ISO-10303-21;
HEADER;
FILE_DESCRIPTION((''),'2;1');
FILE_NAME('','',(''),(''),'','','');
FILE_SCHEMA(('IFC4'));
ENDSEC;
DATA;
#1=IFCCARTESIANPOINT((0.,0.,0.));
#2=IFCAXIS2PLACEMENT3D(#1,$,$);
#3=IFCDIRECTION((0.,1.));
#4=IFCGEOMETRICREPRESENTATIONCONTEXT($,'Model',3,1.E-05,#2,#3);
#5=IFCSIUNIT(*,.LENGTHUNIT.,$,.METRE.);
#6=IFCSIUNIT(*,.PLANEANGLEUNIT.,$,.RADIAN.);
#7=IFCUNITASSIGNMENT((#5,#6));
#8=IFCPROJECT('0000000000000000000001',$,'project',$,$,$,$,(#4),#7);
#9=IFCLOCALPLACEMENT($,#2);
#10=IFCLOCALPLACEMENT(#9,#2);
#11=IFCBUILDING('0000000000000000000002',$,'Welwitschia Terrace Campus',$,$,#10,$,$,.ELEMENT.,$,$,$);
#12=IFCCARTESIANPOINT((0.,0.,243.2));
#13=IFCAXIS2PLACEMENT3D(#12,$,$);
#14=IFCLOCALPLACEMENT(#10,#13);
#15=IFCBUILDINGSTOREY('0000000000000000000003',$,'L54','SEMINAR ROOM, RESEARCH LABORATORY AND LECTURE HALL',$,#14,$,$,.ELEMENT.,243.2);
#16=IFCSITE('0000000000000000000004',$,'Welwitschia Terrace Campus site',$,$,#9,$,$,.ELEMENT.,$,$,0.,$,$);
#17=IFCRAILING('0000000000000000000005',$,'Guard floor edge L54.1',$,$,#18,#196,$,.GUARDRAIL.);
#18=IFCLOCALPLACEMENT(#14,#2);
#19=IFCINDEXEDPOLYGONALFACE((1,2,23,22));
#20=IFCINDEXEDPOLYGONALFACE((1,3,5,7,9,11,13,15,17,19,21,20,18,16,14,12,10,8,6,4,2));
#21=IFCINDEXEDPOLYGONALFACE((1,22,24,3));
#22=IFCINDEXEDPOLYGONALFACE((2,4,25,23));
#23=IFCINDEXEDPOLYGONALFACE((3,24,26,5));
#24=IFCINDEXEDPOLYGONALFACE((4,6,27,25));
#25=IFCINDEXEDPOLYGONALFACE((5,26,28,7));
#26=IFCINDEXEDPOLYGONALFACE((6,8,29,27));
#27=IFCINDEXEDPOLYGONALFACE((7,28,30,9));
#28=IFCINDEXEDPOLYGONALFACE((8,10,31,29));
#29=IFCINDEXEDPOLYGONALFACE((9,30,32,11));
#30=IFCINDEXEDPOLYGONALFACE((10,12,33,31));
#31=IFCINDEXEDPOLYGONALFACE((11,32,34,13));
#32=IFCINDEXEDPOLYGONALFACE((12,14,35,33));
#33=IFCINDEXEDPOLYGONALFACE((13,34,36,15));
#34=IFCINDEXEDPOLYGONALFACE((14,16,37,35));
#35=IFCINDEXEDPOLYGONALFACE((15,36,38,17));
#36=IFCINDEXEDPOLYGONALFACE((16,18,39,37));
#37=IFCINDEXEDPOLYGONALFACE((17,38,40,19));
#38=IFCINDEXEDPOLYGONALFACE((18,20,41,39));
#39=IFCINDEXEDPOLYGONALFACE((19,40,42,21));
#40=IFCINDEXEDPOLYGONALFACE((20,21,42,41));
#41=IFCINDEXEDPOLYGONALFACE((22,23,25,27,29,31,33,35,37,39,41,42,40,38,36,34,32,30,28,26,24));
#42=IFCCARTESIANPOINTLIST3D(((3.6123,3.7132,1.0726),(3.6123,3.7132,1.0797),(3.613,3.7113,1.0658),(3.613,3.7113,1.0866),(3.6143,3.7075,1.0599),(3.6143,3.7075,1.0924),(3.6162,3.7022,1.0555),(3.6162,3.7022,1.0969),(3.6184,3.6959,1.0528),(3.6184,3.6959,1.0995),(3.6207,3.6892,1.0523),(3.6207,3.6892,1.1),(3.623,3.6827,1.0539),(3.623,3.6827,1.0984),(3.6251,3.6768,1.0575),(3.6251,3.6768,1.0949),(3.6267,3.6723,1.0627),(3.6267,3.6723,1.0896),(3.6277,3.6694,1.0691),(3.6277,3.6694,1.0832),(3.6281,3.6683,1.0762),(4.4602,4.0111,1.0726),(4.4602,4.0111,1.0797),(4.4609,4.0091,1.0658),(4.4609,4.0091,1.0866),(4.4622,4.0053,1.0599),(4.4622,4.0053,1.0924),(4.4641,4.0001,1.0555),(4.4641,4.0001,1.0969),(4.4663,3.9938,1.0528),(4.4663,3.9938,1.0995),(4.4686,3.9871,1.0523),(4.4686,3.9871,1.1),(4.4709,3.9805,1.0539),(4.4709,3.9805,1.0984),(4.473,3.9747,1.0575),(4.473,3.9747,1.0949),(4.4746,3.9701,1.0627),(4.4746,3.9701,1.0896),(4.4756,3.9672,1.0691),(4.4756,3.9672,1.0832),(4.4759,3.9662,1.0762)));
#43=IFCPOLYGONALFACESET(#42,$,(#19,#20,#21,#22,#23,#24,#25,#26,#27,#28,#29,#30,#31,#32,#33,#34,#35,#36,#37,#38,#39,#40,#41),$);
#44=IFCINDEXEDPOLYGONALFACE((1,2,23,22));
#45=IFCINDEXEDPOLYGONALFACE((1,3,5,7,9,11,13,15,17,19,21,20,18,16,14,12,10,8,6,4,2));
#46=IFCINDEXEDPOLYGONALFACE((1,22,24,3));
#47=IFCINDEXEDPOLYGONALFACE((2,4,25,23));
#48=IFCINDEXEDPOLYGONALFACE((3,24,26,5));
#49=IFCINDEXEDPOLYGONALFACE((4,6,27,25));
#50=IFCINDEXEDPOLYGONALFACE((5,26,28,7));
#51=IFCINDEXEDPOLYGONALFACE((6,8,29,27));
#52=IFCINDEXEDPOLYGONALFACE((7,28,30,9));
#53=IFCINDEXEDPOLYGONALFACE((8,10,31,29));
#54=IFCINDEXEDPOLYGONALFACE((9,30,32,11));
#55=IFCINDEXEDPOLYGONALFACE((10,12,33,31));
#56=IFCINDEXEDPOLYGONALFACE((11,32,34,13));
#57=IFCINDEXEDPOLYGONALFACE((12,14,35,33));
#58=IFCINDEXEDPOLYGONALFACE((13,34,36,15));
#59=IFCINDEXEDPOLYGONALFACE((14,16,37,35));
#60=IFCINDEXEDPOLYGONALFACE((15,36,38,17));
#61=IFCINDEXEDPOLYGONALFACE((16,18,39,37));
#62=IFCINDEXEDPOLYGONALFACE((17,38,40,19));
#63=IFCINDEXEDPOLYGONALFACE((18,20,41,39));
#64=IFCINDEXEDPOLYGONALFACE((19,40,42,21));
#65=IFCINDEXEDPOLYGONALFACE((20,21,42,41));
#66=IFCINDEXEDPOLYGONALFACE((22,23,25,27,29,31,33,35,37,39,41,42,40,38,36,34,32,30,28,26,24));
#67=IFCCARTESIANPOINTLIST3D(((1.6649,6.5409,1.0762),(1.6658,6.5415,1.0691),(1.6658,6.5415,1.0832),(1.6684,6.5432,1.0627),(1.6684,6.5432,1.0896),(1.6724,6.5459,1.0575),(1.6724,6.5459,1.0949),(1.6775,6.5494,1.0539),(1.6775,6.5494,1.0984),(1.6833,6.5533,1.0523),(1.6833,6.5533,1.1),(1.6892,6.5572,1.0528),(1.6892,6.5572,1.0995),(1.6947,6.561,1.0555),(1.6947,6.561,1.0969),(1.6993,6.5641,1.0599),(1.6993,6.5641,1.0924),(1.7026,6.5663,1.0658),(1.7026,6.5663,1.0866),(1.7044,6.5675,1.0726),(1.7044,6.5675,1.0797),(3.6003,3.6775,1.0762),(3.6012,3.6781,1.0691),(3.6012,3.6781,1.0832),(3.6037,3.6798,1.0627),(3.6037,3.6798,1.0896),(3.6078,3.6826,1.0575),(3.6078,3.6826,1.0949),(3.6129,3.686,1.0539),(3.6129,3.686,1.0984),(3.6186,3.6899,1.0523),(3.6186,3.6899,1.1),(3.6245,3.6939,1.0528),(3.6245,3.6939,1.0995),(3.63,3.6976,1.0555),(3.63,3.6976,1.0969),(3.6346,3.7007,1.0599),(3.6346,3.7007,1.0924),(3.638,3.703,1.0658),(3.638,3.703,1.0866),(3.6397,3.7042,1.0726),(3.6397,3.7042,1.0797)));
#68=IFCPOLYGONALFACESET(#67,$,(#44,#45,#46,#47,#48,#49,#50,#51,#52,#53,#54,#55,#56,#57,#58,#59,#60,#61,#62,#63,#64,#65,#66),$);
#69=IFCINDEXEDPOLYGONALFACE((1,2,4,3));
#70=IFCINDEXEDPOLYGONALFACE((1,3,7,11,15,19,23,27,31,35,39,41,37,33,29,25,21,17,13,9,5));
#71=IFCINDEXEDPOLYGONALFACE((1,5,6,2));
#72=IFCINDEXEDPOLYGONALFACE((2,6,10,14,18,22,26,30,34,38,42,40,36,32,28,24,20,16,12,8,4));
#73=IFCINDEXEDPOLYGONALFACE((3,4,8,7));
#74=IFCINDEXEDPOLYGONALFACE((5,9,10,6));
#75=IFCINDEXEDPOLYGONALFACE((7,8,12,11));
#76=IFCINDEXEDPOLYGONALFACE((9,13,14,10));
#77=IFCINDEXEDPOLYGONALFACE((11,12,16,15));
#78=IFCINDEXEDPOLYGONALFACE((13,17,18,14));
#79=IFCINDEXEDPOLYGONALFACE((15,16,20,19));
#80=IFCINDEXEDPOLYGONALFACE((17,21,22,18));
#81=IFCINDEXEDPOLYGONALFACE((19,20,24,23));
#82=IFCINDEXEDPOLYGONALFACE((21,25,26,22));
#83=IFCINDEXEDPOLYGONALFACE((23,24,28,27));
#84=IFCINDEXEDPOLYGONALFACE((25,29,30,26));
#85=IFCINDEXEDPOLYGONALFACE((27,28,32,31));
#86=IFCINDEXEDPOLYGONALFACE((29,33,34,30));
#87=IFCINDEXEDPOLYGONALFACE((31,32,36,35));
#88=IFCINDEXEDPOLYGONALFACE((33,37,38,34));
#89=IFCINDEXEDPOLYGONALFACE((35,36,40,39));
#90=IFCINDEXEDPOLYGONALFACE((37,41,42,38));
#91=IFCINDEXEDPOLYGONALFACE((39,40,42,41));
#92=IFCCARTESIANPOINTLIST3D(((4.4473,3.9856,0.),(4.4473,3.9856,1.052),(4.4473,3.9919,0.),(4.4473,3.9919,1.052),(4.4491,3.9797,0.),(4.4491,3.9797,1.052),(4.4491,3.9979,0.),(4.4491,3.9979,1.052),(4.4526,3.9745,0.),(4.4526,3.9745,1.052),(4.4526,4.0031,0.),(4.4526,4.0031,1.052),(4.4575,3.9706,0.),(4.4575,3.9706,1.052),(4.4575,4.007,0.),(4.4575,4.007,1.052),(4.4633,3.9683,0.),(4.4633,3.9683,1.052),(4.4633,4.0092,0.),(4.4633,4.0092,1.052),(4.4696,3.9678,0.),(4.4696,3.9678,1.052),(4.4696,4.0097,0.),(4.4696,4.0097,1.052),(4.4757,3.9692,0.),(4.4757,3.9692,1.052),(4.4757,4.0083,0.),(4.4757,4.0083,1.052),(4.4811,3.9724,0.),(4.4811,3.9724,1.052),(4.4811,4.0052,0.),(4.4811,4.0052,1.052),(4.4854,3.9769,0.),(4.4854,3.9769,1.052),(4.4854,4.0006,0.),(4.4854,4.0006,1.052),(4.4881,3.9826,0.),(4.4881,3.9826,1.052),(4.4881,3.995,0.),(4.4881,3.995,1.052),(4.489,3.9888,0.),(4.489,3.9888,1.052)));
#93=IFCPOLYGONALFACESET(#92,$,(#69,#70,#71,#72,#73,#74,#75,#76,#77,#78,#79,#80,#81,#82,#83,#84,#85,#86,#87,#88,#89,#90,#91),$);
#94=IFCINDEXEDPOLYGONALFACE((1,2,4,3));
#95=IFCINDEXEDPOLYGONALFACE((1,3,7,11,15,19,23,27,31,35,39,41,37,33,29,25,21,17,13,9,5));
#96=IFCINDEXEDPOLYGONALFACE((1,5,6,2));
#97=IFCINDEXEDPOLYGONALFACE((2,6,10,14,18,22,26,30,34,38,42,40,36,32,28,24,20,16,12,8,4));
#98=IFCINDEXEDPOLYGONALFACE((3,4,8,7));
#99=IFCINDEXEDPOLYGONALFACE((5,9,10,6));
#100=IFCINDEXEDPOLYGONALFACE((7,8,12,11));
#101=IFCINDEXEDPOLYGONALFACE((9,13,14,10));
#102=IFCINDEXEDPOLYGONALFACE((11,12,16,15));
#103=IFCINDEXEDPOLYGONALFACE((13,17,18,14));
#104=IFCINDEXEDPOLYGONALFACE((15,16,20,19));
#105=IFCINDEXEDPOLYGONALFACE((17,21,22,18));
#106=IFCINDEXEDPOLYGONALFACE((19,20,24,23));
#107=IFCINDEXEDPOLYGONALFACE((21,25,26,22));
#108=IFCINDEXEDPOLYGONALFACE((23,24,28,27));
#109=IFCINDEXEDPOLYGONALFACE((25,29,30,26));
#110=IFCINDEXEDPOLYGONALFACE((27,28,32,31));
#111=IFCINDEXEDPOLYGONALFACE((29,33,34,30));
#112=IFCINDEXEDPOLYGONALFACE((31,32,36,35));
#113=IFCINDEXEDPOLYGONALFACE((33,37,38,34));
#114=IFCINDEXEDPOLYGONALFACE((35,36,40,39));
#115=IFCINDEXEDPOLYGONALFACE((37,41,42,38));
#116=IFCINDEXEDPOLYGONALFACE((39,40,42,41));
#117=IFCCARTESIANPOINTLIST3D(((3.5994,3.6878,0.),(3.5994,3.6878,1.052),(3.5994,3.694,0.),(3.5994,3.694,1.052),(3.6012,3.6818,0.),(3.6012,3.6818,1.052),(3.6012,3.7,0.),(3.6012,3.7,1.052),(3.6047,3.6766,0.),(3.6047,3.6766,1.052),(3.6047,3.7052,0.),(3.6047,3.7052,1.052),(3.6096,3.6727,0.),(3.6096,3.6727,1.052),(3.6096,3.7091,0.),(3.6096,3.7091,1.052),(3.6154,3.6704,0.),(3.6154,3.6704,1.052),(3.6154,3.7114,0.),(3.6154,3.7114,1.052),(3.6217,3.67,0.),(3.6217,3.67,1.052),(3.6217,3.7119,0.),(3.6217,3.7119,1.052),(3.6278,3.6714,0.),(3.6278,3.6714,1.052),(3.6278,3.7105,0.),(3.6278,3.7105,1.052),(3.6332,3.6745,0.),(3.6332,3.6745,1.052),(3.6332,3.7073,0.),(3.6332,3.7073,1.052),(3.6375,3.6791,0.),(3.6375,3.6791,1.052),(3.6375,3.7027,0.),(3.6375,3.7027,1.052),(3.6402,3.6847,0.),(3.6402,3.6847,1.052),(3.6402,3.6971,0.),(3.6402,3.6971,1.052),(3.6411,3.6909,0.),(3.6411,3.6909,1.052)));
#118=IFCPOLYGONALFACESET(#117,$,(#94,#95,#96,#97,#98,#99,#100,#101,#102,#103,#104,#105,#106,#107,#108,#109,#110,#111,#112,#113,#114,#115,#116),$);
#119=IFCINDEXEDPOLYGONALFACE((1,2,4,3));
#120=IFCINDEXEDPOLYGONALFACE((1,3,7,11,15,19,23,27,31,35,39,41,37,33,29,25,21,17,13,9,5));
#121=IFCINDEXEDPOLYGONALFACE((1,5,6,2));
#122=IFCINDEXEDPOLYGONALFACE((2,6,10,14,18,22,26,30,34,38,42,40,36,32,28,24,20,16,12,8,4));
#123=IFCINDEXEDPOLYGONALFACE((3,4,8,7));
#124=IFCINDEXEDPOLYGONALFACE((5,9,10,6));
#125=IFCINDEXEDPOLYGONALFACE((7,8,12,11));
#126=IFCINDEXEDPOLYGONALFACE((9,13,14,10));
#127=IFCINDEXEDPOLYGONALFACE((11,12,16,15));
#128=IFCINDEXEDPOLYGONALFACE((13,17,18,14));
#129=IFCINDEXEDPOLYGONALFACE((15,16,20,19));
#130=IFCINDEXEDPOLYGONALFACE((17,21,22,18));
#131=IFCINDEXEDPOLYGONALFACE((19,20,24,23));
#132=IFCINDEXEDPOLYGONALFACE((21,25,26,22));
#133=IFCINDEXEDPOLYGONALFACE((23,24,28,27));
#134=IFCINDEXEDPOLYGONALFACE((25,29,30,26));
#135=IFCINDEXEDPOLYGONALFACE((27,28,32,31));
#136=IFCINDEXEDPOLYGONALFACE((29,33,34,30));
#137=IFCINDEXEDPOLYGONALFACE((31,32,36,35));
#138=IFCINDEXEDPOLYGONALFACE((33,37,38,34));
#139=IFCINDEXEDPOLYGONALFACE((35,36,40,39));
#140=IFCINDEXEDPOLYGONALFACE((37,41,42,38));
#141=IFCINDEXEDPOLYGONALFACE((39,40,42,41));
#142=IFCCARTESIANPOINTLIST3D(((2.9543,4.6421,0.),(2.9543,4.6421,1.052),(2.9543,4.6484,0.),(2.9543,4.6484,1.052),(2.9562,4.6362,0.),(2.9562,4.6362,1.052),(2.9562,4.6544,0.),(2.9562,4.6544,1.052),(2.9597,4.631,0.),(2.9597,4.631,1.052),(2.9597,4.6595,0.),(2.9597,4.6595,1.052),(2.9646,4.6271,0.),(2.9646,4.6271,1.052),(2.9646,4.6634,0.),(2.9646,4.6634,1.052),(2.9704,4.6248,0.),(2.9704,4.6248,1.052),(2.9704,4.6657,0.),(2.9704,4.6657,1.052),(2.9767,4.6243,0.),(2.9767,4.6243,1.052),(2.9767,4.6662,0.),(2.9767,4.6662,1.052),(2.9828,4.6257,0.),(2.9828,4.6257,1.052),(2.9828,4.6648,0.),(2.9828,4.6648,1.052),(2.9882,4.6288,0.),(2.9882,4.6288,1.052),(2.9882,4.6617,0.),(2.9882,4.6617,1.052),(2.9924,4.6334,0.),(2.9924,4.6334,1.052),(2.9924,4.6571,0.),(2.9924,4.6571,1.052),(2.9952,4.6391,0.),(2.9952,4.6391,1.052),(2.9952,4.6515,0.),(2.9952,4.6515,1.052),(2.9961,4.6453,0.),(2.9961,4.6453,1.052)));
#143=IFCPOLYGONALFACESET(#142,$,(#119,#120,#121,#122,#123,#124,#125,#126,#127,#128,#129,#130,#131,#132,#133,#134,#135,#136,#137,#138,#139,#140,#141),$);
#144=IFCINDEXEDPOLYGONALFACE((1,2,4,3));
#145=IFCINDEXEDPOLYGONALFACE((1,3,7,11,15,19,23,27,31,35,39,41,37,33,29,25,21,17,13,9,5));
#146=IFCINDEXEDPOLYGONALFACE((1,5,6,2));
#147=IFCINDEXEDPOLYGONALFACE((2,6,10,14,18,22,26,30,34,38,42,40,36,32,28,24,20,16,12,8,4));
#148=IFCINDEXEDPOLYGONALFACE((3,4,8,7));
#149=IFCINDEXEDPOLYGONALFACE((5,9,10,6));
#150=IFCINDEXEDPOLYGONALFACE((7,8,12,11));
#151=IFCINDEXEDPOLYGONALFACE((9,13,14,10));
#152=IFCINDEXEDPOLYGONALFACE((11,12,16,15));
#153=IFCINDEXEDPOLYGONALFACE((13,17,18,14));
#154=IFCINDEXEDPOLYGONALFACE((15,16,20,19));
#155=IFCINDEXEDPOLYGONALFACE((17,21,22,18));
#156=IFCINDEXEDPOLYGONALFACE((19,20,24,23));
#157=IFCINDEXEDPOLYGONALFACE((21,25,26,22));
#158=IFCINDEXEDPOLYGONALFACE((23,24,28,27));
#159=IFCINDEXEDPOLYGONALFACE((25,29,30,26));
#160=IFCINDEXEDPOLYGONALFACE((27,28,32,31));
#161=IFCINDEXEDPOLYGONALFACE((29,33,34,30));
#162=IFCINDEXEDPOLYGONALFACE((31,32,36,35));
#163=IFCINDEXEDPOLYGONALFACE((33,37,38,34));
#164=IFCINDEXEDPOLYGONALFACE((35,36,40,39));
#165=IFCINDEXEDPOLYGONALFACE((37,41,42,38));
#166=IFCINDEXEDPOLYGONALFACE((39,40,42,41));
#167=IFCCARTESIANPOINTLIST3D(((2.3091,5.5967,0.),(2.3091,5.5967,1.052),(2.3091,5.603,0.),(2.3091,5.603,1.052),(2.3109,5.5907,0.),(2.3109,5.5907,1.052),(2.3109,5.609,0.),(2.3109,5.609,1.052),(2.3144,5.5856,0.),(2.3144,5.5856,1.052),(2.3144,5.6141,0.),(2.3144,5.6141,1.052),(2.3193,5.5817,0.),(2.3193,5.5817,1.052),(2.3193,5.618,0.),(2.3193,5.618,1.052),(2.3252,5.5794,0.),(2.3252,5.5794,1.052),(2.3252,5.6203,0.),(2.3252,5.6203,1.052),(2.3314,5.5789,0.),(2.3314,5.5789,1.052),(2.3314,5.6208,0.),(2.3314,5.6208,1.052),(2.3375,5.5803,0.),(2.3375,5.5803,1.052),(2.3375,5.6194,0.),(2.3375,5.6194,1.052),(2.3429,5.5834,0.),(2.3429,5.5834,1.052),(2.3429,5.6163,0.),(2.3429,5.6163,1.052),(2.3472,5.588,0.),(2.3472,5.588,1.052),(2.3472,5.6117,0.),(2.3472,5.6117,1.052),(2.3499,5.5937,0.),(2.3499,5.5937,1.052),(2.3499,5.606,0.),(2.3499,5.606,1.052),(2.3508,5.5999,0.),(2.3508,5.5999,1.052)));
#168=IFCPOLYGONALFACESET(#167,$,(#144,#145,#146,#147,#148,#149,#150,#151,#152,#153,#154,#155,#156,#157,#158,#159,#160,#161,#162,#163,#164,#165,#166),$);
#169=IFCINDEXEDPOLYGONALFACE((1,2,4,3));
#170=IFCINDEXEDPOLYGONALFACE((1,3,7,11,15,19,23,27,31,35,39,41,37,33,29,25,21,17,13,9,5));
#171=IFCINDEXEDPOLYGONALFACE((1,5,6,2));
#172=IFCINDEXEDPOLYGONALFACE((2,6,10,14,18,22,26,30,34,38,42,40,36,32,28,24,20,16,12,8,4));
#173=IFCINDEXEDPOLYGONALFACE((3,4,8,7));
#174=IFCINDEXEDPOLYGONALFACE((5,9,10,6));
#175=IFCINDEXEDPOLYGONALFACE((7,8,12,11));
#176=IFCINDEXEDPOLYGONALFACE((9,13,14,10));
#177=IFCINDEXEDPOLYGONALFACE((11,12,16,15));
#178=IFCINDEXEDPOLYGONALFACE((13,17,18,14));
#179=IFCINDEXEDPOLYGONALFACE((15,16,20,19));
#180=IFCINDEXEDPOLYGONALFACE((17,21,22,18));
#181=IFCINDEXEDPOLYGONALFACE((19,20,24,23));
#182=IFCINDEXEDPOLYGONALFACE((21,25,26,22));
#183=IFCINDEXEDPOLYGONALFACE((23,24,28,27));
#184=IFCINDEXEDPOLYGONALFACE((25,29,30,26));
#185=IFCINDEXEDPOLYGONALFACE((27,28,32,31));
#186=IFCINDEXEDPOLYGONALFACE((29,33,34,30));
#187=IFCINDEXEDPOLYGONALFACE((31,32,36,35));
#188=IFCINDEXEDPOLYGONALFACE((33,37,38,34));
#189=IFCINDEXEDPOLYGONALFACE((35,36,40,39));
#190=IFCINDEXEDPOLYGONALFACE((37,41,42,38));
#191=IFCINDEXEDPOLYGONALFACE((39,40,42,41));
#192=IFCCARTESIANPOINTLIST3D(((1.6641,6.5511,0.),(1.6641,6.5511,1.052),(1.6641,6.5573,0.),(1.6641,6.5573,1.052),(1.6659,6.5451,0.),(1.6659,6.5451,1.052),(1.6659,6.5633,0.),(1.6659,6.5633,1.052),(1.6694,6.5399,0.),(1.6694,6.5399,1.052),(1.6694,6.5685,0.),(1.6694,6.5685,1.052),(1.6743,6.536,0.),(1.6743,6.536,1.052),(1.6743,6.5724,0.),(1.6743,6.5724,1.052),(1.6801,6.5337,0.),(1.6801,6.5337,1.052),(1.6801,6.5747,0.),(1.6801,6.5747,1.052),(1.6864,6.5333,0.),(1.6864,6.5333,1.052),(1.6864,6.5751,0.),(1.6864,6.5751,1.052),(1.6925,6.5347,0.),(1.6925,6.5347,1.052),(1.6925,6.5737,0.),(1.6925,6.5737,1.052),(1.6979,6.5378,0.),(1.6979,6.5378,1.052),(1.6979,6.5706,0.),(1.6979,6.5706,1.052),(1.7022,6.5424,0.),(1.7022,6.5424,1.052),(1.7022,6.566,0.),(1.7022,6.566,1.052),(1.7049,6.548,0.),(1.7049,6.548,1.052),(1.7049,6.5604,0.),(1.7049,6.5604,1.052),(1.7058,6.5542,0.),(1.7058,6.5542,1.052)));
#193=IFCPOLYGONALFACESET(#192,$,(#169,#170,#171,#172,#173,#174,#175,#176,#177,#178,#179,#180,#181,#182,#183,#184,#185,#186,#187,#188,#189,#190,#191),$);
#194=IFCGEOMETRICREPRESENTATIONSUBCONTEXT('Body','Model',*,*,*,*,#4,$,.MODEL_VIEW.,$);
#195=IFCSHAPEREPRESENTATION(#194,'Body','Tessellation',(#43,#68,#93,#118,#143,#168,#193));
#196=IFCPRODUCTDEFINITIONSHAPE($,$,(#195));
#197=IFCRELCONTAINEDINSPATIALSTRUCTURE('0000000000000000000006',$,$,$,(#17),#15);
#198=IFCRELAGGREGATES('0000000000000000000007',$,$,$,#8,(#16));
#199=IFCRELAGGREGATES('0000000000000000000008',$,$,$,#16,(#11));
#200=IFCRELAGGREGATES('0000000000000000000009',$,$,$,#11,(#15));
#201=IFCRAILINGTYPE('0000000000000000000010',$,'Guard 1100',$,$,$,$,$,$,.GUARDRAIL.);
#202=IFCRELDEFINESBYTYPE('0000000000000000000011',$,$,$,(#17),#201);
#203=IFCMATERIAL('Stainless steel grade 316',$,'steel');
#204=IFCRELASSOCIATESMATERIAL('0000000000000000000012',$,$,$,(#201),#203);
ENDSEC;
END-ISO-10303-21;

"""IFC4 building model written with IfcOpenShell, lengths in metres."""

from ifc_helpers import new_model, si_unit, direction, frame, origin, origin_2d, place, context, subcontext, project, spatial, circle, extrude, material, type_object, element, save


model = new_model("IFC4")

# Units and contexts
model_context = context("Model", 3, precision=1e-05, world=origin(), true_north=direction((0.0, 1.0)))
body_context = subcontext(model_context, "Body", "Model", "MODEL_VIEW")
ifc_project = project(units=[si_unit("LENGTHUNIT", "METRE"), si_unit("PLANEANGLEUNIT", "RADIAN")], contexts=[model_context])

# Site, building, storey
site_placement = place(None, origin())
site = spatial("IfcSite", under=ifc_project, at=site_placement, Name="Welwitschia Terrace Campus site", CompositionType="ELEMENT", RefElevation=0.0)
building_placement = place(site_placement, origin())
building = spatial("IfcBuilding", under=site, at=building_placement, Name="Welwitschia Terrace Campus", CompositionType="ELEMENT")
storey_placement = place(building_placement, frame((0.0, 0.0, 243.2)))
storey = spatial("IfcBuildingStorey", under=building, at=storey_placement, Name="L54", Description="SEMINAR ROOM, RESEARCH LABORATORY AND LECTURE HALL", CompositionType="ELEMENT", Elevation=243.2)

# Railing
ifc_material_1 = material(Name="Stainless steel grade 316", Category="steel")
railing_type_1 = type_object("IfcRailingType", Name="Guard 1100", PredefinedType="GUARDRAIL", material=ifc_material_1)
railing_1_placement = place(storey_placement, frame((4.468, 3.9888, 0.0)))
element("IfcRailing", 1, at=railing_1_placement, inside=storey, type_object=railing_type_1, Name="Guard floor edge L54.1", PredefinedType="GUARDRAIL", context=body_context, shape_type="SweptSolid", body=[
    extrude(circle(Radius=0.0239, at=origin_2d()), frame((0.0, 0.0, 1.0762), z_axis=(-0.943481, -0.331427, 0.0), x_axis=(0.331427, -0.943481, 0.0)), (0.0, 0.0, 1.0), 0.8987),
    extrude(circle(Radius=0.0239, at=origin_2d()), frame((-0.8479, -0.2979, 1.0762), z_axis=(-0.559987, 0.828501, 0.0), x_axis=(-0.828501, -0.559987, 0.0)), (0.0, 0.0, 1.0), 3.4561),
    extrude(circle(Radius=0.021, at=origin_2d()), origin(), (0.0, 0.0, 1.0), 1.052),
    extrude(circle(Radius=0.021, at=origin_2d()), frame((-0.8479, -0.2979, 0.0)), (0.0, 0.0, 1.0), 1.052),
    extrude(circle(Radius=0.021, at=origin_2d()), frame((-1.4929, 0.6565, 0.0)), (0.0, 0.0, 1.0), 1.052),
    extrude(circle(Radius=0.021, at=origin_2d()), frame((-2.1382, 1.6111, 0.0)), (0.0, 0.0, 1.0), 1.052),
    extrude(circle(Radius=0.021, at=origin_2d()), frame((-2.7832, 2.5654, 0.0)), (0.0, 0.0, 1.0), 1.052),
])

save(model, "model.ifc")
